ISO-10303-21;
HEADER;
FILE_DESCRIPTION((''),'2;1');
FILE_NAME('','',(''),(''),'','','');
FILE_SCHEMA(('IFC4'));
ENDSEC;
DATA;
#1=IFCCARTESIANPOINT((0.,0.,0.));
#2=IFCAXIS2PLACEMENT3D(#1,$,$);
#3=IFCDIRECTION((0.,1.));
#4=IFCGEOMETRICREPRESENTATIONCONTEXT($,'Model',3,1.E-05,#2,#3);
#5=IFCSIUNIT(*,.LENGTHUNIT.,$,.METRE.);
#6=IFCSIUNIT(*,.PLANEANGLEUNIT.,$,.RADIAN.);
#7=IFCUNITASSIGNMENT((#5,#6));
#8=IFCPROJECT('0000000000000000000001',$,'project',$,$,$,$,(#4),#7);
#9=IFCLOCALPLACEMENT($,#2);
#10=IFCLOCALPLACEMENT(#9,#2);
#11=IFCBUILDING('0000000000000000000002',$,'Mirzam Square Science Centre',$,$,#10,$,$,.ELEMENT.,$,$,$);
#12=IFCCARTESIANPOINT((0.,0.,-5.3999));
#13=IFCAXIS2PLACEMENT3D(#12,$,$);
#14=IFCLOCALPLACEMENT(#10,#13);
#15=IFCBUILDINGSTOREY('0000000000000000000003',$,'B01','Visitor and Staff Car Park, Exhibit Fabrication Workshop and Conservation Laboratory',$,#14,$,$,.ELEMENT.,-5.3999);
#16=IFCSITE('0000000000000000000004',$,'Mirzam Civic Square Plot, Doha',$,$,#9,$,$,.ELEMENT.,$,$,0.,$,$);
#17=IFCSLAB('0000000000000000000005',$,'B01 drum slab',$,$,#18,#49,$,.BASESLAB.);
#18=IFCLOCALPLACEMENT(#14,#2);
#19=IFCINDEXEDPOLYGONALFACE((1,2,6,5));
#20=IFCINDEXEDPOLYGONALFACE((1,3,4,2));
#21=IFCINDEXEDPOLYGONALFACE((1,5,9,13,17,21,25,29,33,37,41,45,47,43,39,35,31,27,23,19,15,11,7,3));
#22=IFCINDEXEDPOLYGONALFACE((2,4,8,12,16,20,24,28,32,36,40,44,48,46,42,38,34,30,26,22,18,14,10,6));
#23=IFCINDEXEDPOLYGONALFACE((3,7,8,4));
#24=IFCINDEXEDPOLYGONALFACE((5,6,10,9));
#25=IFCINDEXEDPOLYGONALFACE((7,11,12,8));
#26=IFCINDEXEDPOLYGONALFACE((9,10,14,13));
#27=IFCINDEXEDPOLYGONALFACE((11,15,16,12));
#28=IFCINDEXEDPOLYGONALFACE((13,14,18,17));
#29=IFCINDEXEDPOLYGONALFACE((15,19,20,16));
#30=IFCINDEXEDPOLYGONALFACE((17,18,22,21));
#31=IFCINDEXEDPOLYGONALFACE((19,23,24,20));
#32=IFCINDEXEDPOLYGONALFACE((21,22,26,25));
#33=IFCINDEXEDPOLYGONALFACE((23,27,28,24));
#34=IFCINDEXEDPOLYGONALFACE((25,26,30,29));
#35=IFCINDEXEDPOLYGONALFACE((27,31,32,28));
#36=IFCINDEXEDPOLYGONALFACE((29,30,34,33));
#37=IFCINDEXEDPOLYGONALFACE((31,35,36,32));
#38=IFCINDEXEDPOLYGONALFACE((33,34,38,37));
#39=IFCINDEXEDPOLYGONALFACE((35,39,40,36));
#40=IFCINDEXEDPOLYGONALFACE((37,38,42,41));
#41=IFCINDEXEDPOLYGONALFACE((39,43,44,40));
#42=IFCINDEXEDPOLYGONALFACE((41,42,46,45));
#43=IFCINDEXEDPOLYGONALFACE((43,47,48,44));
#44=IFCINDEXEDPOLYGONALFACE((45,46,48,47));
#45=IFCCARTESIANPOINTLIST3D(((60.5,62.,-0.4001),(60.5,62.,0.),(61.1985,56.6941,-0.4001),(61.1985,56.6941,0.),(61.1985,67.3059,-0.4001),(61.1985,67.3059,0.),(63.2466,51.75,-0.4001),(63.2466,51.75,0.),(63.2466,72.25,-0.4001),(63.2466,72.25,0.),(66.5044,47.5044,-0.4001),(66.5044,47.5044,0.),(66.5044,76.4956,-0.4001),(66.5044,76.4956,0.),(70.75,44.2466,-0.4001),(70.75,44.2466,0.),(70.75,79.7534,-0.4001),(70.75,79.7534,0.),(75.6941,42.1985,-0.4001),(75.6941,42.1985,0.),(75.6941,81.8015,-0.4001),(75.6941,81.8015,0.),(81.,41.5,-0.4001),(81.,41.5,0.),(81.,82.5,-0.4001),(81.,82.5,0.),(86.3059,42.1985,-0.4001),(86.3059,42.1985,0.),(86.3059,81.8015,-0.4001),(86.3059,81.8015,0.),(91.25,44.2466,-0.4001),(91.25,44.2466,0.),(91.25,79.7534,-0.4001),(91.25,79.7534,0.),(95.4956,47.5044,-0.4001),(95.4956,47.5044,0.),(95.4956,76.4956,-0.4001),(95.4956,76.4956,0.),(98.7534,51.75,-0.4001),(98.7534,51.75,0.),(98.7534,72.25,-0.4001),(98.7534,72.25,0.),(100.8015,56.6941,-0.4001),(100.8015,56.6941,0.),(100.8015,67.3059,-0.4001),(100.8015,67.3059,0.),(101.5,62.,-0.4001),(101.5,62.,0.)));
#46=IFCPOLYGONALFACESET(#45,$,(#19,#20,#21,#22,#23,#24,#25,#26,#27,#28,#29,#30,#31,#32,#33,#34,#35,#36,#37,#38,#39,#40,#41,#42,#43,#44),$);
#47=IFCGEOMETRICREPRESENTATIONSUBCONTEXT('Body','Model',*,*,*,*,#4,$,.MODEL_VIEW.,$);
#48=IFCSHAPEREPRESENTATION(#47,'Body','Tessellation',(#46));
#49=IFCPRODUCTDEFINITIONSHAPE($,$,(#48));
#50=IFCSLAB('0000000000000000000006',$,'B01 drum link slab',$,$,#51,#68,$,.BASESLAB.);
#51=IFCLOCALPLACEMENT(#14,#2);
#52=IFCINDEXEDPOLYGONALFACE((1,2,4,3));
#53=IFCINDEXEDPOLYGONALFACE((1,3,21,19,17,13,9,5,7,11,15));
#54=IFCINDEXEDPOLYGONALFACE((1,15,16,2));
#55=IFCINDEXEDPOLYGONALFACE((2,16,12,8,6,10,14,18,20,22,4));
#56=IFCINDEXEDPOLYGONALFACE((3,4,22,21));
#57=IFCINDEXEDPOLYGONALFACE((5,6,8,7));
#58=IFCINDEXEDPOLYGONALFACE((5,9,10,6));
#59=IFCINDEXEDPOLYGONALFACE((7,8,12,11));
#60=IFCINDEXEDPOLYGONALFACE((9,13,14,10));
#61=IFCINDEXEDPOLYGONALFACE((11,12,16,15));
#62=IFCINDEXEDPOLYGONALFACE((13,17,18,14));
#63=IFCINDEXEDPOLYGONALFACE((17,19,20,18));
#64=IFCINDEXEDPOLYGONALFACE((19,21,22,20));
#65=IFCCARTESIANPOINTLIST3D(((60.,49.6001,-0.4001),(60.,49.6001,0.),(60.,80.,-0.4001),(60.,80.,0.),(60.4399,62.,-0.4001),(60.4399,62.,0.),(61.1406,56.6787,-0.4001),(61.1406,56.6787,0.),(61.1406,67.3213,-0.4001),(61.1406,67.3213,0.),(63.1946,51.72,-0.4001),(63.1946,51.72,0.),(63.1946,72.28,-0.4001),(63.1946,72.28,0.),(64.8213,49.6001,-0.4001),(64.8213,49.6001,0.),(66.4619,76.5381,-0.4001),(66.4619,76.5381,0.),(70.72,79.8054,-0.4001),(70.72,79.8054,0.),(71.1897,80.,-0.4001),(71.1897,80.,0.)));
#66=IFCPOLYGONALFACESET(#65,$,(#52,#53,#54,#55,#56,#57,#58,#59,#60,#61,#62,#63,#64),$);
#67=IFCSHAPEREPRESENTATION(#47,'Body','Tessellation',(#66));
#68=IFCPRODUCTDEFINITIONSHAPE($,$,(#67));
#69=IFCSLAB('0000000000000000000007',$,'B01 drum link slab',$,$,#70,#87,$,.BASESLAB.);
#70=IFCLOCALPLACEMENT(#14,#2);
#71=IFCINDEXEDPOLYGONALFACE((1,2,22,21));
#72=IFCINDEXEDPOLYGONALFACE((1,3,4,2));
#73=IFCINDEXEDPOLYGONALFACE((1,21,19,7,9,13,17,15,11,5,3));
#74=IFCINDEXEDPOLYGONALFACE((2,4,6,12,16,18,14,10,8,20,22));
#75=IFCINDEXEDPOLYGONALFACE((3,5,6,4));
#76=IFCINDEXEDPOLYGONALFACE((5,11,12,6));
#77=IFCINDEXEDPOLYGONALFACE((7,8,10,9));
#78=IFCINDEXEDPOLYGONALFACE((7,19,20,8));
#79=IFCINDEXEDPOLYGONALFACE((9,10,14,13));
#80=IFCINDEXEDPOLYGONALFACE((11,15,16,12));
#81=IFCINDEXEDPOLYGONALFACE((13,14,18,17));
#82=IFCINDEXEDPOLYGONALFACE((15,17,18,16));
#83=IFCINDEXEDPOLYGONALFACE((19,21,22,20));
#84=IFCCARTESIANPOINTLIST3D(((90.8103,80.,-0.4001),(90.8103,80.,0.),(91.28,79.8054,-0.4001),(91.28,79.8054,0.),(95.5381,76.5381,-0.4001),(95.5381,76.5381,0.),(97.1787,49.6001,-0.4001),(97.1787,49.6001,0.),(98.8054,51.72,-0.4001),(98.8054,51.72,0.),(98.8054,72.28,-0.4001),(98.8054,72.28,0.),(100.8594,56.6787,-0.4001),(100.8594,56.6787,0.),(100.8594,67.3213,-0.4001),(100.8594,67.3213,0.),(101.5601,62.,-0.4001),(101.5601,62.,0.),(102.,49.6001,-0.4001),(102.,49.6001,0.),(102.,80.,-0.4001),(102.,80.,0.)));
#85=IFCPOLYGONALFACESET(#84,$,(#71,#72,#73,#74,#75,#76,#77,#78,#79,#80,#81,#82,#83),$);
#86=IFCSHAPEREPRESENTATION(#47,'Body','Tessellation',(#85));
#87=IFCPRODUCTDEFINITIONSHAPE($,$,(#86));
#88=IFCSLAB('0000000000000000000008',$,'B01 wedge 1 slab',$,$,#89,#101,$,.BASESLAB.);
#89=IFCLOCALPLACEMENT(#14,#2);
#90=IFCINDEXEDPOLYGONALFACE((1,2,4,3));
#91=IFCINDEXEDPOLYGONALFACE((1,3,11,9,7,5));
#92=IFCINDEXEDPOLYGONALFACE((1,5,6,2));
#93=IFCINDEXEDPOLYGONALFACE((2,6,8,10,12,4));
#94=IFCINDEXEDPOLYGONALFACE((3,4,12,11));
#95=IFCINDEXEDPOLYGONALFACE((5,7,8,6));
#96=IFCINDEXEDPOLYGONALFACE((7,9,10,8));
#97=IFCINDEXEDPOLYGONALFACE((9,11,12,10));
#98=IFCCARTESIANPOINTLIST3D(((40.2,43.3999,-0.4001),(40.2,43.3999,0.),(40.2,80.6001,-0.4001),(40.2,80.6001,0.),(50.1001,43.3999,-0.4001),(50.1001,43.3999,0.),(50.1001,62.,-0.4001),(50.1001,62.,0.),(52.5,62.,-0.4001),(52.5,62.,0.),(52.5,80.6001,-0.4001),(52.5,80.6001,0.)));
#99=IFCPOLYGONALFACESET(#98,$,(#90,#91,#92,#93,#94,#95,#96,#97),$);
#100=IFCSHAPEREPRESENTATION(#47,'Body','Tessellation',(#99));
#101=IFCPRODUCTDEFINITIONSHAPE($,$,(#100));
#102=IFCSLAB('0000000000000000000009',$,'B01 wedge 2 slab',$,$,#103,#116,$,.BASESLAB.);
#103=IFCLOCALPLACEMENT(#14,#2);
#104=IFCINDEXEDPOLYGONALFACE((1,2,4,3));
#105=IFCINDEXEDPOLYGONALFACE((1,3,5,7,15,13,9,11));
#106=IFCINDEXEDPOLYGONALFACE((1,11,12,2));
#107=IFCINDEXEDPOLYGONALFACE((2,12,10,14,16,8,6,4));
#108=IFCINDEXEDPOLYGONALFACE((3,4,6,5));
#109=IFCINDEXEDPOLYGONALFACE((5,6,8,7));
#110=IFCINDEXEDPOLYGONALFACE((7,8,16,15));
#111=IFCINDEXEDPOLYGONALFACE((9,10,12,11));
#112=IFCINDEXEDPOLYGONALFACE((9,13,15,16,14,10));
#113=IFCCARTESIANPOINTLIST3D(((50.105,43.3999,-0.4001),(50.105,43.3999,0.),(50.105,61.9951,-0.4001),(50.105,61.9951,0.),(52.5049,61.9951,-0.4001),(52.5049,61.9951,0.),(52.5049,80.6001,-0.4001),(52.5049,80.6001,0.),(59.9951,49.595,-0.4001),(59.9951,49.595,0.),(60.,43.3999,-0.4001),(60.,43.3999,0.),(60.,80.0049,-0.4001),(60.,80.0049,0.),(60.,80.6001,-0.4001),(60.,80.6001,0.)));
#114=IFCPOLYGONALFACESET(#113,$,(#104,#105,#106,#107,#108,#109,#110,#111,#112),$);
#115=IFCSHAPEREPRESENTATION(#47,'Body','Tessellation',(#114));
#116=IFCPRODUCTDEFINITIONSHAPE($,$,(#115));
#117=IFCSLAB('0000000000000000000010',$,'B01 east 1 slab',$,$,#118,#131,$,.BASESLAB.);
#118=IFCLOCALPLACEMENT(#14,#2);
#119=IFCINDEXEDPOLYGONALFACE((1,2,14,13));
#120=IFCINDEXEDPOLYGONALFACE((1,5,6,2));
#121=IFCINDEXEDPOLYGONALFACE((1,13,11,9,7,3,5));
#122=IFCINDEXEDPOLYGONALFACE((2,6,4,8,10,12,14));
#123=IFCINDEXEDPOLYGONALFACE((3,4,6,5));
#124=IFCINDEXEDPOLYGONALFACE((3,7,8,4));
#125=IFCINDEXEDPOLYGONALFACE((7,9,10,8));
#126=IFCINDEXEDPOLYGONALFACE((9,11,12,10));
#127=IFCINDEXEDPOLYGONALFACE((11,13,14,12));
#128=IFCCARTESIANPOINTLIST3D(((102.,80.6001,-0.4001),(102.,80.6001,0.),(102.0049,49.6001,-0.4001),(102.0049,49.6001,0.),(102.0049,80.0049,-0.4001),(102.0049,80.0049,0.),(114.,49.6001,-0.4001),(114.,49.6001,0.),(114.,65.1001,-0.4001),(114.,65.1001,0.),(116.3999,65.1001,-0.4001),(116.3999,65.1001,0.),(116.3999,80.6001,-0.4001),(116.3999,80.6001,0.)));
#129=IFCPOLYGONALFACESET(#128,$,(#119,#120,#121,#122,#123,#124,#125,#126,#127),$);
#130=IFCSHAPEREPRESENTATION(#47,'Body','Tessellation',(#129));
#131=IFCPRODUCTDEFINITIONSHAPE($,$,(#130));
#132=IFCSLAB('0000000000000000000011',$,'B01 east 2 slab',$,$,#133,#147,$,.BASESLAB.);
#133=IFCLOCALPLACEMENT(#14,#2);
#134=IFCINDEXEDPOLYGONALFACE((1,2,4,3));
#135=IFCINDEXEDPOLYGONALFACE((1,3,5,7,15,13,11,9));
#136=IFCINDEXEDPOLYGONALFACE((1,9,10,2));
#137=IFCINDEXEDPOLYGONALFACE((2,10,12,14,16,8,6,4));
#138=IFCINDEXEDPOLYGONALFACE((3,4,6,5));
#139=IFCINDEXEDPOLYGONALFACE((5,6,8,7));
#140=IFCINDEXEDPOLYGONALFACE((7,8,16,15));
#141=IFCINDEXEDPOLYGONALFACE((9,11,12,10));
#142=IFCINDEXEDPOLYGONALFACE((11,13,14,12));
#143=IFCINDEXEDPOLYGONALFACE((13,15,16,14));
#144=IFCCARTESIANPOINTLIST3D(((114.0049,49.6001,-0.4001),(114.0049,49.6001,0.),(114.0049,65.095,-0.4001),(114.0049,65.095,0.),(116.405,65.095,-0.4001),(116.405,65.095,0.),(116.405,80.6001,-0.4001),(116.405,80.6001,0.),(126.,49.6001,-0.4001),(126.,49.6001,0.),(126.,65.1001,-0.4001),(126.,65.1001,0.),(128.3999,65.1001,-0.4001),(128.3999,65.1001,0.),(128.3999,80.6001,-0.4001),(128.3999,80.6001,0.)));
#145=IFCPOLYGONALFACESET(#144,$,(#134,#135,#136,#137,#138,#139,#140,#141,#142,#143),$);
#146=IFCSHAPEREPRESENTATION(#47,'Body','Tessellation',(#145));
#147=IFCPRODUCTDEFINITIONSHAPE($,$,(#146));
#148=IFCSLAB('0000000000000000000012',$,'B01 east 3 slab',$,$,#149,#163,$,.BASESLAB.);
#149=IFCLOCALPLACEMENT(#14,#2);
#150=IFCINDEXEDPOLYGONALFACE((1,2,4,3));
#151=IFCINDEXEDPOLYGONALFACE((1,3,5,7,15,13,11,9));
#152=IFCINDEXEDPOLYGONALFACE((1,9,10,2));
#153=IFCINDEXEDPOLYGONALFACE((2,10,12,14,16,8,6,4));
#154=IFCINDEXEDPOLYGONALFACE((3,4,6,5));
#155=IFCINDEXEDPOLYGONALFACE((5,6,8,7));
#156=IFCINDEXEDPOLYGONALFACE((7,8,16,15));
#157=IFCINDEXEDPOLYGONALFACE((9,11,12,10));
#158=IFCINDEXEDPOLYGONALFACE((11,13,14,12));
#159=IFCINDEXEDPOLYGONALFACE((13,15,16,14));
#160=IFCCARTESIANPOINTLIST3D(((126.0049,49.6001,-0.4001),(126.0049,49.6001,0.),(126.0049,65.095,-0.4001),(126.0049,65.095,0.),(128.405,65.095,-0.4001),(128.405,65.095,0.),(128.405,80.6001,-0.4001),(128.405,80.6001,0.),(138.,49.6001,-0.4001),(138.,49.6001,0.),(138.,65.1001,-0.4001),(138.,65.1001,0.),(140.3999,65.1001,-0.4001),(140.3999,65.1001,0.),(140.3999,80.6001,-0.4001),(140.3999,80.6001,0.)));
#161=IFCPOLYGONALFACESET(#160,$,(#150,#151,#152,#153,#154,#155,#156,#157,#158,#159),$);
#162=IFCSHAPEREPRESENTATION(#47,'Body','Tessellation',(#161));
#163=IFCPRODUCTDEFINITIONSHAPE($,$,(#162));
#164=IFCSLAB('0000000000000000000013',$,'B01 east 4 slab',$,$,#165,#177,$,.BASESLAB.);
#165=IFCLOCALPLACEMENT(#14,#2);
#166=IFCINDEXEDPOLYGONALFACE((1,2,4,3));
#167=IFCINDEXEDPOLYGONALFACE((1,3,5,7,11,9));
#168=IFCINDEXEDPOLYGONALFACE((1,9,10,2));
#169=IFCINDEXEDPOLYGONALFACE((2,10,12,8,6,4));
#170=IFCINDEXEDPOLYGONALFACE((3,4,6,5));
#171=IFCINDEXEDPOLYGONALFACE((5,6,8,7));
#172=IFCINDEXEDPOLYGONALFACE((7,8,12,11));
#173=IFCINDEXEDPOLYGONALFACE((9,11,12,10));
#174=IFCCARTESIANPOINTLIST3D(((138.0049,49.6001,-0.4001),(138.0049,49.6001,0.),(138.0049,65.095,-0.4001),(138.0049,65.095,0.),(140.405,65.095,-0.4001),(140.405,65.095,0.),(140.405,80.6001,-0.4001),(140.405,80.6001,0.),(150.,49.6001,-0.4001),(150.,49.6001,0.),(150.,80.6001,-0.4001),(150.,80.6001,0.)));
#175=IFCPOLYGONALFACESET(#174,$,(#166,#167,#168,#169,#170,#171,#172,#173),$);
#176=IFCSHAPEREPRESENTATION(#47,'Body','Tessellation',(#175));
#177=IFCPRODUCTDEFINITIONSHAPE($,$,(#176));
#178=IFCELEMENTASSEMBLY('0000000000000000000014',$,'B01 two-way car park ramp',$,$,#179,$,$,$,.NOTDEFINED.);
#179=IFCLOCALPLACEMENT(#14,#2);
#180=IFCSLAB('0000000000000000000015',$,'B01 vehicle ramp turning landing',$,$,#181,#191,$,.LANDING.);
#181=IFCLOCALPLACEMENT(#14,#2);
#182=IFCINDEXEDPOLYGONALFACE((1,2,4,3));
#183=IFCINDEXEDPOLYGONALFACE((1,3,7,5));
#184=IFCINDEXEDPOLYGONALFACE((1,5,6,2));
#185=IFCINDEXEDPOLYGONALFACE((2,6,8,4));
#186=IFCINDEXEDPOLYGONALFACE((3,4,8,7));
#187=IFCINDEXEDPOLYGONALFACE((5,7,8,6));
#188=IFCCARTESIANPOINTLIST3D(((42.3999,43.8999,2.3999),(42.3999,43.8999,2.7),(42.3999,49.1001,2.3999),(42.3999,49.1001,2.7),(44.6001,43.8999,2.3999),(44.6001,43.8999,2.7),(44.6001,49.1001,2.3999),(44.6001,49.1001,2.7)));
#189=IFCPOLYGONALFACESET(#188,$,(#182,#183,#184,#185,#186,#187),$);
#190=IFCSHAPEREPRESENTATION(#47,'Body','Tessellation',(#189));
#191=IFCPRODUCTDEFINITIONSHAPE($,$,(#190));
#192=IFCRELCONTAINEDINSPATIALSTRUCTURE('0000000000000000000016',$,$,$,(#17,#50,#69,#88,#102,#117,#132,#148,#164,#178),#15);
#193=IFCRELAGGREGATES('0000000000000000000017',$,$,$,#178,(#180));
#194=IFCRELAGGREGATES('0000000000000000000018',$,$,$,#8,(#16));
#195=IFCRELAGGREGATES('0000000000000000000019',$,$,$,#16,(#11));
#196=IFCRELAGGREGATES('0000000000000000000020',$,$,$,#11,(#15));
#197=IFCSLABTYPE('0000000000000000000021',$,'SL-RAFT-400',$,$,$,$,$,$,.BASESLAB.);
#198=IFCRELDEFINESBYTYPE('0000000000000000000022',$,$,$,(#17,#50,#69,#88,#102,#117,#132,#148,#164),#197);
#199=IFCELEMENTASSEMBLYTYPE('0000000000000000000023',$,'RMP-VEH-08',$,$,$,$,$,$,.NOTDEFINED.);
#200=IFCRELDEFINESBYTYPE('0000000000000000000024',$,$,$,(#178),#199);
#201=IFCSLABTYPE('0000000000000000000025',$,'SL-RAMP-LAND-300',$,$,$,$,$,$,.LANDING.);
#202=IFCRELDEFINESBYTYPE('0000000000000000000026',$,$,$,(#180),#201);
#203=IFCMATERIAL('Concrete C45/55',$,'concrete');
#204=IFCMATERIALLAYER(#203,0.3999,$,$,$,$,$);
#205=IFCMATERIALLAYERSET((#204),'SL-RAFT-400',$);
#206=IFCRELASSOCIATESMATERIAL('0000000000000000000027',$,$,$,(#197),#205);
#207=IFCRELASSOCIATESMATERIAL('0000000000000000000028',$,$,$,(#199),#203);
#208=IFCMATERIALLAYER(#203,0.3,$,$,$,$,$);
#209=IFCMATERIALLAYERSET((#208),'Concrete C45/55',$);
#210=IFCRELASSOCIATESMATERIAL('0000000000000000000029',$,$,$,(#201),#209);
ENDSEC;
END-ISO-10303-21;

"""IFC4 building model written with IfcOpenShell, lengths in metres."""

from ifc_helpers import new_model, si_unit, direction, frame, origin, place, context, subcontext, project, spatial, polyline, outline, extrude, material, layer, layer_set, type_object, element, aggregate, save


model = new_model("IFC4")

# Units and contexts
model_context = context("Model", 3, precision=1e-05, world=origin(), true_north=direction((0.0, 1.0)))
body_context = subcontext(model_context, "Body", "Model", "MODEL_VIEW")
ifc_project = project(units=[si_unit("LENGTHUNIT", "METRE"), si_unit("PLANEANGLEUNIT", "RADIAN")], contexts=[model_context])

# Site, building, storey
site_placement = place(None, origin())
site = spatial("IfcSite", under=ifc_project, at=site_placement, Name="Mirzam Civic Square Plot, Doha", CompositionType="ELEMENT", RefElevation=0.0)
building_placement = place(site_placement, origin())
building = spatial("IfcBuilding", under=site, at=building_placement, Name="Mirzam Square Science Centre", CompositionType="ELEMENT")
storey_placement = place(building_placement, frame((0.0, 0.0, -5.3999)))
storey = spatial("IfcBuildingStorey", under=building, at=storey_placement, Name="B01", Description="Visitor and Staff Car Park, Exhibit Fabrication Workshop and Conservation Laboratory", CompositionType="ELEMENT", Elevation=-5.3999)

# Shared definitions
ifc_material_1 = material(Name="Concrete C45/55", Category="concrete")

# Slabs
ifc_layer_1 = layer(ifc_material_1, 0.3999)
ifc_layer_set_1 = layer_set([ifc_layer_1], Name="SL-RAFT-400")
slab_type_1 = type_object("IfcSlabType", Name="SL-RAFT-400", PredefinedType="BASESLAB", material=ifc_layer_set_1)
slab_1_placement = place(storey_placement, frame((0.0, 0.0, -0.4001)))
element("IfcSlab", 1, at=slab_1_placement, inside=storey, type_object=slab_type_1, Name="B01 drum slab", PredefinedType="BASESLAB", context=body_context, shape_type="SweptSolid", body=[
    extrude(outline(polyline([(101.5, 62.0), (100.8015, 67.3059), (98.7534, 72.25), (95.4956, 76.4956), (91.25, 79.7534), (86.3059, 81.8015), (81.0, 82.5), (75.6941, 81.8015), (70.75, 79.7534), (66.5044, 76.4956), (63.2466, 72.25), (61.1985, 67.3059), (60.5, 62.0), (61.1985, 56.6941), (63.2466, 51.75), (66.5044, 47.5044), (70.75, 44.2466), (75.6941, 42.1985), (81.0, 41.5), (86.3059, 42.1985), (91.25, 44.2466), (95.4956, 47.5044), (98.7534, 51.75), (100.8015, 56.6941), (101.5, 62.0)])), origin(), (0.0, 0.0, 1.0), 0.4001),
])
slab_2_placement = place(storey_placement, frame((0.0, 0.0, -0.4001)))
element("IfcSlab", 2, at=slab_2_placement, inside=storey, type_object=slab_type_1, Name="B01 drum link slab", PredefinedType="BASESLAB", context=body_context, shape_type="SweptSolid", body=[
    extrude(outline(polyline([(60.0, 80.0), (71.1897, 80.0), (70.72, 79.8054), (66.4619, 76.5381), (63.1946, 72.28), (61.1406, 67.3213), (60.4399, 62.0), (61.1406, 56.6787), (63.1946, 51.72), (64.8213, 49.6001), (60.0, 49.6001), (60.0, 80.0)])), origin(), (0.0, 0.0, 1.0), 0.4001),
])
slab_3_placement = place(storey_placement, frame((0.0, 0.0, -0.4001)))
element("IfcSlab", 3, at=slab_3_placement, inside=storey, type_object=slab_type_1, Name="B01 drum link slab", PredefinedType="BASESLAB", context=body_context, shape_type="SweptSolid", body=[
    extrude(outline(polyline([(102.0, 49.6001), (97.1787, 49.6001), (98.8054, 51.72), (100.8594, 56.6787), (101.5601, 62.0), (100.8594, 67.3213), (98.8054, 72.28), (95.5381, 76.5381), (91.28, 79.8054), (90.8103, 80.0), (102.0, 80.0), (102.0, 49.6001)])), origin(), (0.0, 0.0, 1.0), 0.4001),
])
slab_4_placement = place(storey_placement, frame((0.0, 0.0, -0.4001)))
element("IfcSlab", 4, at=slab_4_placement, inside=storey, type_object=slab_type_1, Name="B01 wedge 1 slab", PredefinedType="BASESLAB", context=body_context, shape_type="SweptSolid", body=[
    extrude(outline(polyline([(40.2, 43.3999), (40.2, 80.6001), (52.5, 80.6001), (52.5, 62.0), (50.1001, 62.0), (50.1001, 43.3999), (40.2, 43.3999)])), origin(), (0.0, 0.0, 1.0), 0.4001),
])
slab_5_placement = place(storey_placement, frame((0.0, 0.0, -0.4001)))
element("IfcSlab", 5, at=slab_5_placement, inside=storey, type_object=slab_type_1, Name="B01 wedge 2 slab", PredefinedType="BASESLAB", context=body_context, shape_type="SweptSolid", body=[
    extrude(outline(polyline([(60.0, 43.3999), (50.105, 43.3999), (50.105, 61.9951), (52.5049, 61.9951), (52.5049, 80.6001), (60.0, 80.6001), (60.0, 80.0049), (59.9951, 49.595), (60.0, 43.3999)])), origin(), (0.0, 0.0, 1.0), 0.4001),
])
slab_6_placement = place(storey_placement, frame((0.0, 0.0, -0.4001)))
element("IfcSlab", 6, at=slab_6_placement, inside=storey, type_object=slab_type_1, Name="B01 east 1 slab", PredefinedType="BASESLAB", context=body_context, shape_type="SweptSolid", body=[
    extrude(outline(polyline([(102.0, 80.6001), (116.3999, 80.6001), (116.3999, 65.1001), (114.0, 65.1001), (114.0, 49.6001), (102.0049, 49.6001), (102.0049, 80.0049), (102.0, 80.6001)])), origin(), (0.0, 0.0, 1.0), 0.4001),
])
slab_7_placement = place(storey_placement, frame((0.0, 0.0, -0.4001)))
element("IfcSlab", 7, at=slab_7_placement, inside=storey, type_object=slab_type_1, Name="B01 east 2 slab", PredefinedType="BASESLAB", context=body_context, shape_type="SweptSolid", body=[
    extrude(outline(polyline([(128.3999, 80.6001), (128.3999, 65.1001), (126.0, 65.1001), (126.0, 49.6001), (114.0049, 49.6001), (114.0049, 65.095), (116.405, 65.095), (116.405, 80.6001), (128.3999, 80.6001)])), origin(), (0.0, 0.0, 1.0), 0.4001),
])
slab_8_placement = place(storey_placement, frame((0.0, 0.0, -0.4001)))
element("IfcSlab", 8, at=slab_8_placement, inside=storey, type_object=slab_type_1, Name="B01 east 3 slab", PredefinedType="BASESLAB", context=body_context, shape_type="SweptSolid", body=[
    extrude(outline(polyline([(140.3999, 80.6001), (140.3999, 65.1001), (138.0, 65.1001), (138.0, 49.6001), (126.0049, 49.6001), (126.0049, 65.095), (128.405, 65.095), (128.405, 80.6001), (140.3999, 80.6001)])), origin(), (0.0, 0.0, 1.0), 0.4001),
])
slab_9_placement = place(storey_placement, frame((0.0, 0.0, -0.4001)))
element("IfcSlab", 9, at=slab_9_placement, inside=storey, type_object=slab_type_1, Name="B01 east 4 slab", PredefinedType="BASESLAB", context=body_context, shape_type="SweptSolid", body=[
    extrude(outline(polyline([(150.0, 80.6001), (150.0, 49.6001), (138.0049, 49.6001), (138.0049, 65.095), (140.405, 65.095), (140.405, 80.6001), (150.0, 80.6001)])), origin(), (0.0, 0.0, 1.0), 0.4001),
])

# Element assembly, slab
element_assembly_type = type_object("IfcElementAssemblyType", Name="RMP-VEH-08", PredefinedType="NOTDEFINED", material=ifc_material_1)
assembly_placement = place(storey_placement, origin())
assembly = element("IfcElementAssembly", 10, at=assembly_placement, inside=storey, type_object=element_assembly_type, Name="B01 two-way car park ramp", PredefinedType="NOTDEFINED")
ifc_layer_2 = layer(ifc_material_1, 0.3)
ifc_layer_set_2 = layer_set([ifc_layer_2], Name="Concrete C45/55")
slab_type_2 = type_object("IfcSlabType", Name="SL-RAMP-LAND-300", PredefinedType="LANDING", material=ifc_layer_set_2)
slab_10_placement = place(storey_placement, frame((0.0, 0.0, 2.3999)))
slab_10 = element("IfcSlab", 11, at=slab_10_placement, type_object=slab_type_2, Name="B01 vehicle ramp turning landing", PredefinedType="LANDING", context=body_context, shape_type="SweptSolid", body=[
    extrude(outline(polyline([(42.3999, 43.8999), (44.6001, 43.8999), (44.6001, 49.1001), (42.3999, 49.1001), (42.3999, 43.8999)])), origin(), (0.0, 0.0, 1.0), 0.3),
])
aggregate(assembly, [slab_10])

save(model, "model.ifc")
